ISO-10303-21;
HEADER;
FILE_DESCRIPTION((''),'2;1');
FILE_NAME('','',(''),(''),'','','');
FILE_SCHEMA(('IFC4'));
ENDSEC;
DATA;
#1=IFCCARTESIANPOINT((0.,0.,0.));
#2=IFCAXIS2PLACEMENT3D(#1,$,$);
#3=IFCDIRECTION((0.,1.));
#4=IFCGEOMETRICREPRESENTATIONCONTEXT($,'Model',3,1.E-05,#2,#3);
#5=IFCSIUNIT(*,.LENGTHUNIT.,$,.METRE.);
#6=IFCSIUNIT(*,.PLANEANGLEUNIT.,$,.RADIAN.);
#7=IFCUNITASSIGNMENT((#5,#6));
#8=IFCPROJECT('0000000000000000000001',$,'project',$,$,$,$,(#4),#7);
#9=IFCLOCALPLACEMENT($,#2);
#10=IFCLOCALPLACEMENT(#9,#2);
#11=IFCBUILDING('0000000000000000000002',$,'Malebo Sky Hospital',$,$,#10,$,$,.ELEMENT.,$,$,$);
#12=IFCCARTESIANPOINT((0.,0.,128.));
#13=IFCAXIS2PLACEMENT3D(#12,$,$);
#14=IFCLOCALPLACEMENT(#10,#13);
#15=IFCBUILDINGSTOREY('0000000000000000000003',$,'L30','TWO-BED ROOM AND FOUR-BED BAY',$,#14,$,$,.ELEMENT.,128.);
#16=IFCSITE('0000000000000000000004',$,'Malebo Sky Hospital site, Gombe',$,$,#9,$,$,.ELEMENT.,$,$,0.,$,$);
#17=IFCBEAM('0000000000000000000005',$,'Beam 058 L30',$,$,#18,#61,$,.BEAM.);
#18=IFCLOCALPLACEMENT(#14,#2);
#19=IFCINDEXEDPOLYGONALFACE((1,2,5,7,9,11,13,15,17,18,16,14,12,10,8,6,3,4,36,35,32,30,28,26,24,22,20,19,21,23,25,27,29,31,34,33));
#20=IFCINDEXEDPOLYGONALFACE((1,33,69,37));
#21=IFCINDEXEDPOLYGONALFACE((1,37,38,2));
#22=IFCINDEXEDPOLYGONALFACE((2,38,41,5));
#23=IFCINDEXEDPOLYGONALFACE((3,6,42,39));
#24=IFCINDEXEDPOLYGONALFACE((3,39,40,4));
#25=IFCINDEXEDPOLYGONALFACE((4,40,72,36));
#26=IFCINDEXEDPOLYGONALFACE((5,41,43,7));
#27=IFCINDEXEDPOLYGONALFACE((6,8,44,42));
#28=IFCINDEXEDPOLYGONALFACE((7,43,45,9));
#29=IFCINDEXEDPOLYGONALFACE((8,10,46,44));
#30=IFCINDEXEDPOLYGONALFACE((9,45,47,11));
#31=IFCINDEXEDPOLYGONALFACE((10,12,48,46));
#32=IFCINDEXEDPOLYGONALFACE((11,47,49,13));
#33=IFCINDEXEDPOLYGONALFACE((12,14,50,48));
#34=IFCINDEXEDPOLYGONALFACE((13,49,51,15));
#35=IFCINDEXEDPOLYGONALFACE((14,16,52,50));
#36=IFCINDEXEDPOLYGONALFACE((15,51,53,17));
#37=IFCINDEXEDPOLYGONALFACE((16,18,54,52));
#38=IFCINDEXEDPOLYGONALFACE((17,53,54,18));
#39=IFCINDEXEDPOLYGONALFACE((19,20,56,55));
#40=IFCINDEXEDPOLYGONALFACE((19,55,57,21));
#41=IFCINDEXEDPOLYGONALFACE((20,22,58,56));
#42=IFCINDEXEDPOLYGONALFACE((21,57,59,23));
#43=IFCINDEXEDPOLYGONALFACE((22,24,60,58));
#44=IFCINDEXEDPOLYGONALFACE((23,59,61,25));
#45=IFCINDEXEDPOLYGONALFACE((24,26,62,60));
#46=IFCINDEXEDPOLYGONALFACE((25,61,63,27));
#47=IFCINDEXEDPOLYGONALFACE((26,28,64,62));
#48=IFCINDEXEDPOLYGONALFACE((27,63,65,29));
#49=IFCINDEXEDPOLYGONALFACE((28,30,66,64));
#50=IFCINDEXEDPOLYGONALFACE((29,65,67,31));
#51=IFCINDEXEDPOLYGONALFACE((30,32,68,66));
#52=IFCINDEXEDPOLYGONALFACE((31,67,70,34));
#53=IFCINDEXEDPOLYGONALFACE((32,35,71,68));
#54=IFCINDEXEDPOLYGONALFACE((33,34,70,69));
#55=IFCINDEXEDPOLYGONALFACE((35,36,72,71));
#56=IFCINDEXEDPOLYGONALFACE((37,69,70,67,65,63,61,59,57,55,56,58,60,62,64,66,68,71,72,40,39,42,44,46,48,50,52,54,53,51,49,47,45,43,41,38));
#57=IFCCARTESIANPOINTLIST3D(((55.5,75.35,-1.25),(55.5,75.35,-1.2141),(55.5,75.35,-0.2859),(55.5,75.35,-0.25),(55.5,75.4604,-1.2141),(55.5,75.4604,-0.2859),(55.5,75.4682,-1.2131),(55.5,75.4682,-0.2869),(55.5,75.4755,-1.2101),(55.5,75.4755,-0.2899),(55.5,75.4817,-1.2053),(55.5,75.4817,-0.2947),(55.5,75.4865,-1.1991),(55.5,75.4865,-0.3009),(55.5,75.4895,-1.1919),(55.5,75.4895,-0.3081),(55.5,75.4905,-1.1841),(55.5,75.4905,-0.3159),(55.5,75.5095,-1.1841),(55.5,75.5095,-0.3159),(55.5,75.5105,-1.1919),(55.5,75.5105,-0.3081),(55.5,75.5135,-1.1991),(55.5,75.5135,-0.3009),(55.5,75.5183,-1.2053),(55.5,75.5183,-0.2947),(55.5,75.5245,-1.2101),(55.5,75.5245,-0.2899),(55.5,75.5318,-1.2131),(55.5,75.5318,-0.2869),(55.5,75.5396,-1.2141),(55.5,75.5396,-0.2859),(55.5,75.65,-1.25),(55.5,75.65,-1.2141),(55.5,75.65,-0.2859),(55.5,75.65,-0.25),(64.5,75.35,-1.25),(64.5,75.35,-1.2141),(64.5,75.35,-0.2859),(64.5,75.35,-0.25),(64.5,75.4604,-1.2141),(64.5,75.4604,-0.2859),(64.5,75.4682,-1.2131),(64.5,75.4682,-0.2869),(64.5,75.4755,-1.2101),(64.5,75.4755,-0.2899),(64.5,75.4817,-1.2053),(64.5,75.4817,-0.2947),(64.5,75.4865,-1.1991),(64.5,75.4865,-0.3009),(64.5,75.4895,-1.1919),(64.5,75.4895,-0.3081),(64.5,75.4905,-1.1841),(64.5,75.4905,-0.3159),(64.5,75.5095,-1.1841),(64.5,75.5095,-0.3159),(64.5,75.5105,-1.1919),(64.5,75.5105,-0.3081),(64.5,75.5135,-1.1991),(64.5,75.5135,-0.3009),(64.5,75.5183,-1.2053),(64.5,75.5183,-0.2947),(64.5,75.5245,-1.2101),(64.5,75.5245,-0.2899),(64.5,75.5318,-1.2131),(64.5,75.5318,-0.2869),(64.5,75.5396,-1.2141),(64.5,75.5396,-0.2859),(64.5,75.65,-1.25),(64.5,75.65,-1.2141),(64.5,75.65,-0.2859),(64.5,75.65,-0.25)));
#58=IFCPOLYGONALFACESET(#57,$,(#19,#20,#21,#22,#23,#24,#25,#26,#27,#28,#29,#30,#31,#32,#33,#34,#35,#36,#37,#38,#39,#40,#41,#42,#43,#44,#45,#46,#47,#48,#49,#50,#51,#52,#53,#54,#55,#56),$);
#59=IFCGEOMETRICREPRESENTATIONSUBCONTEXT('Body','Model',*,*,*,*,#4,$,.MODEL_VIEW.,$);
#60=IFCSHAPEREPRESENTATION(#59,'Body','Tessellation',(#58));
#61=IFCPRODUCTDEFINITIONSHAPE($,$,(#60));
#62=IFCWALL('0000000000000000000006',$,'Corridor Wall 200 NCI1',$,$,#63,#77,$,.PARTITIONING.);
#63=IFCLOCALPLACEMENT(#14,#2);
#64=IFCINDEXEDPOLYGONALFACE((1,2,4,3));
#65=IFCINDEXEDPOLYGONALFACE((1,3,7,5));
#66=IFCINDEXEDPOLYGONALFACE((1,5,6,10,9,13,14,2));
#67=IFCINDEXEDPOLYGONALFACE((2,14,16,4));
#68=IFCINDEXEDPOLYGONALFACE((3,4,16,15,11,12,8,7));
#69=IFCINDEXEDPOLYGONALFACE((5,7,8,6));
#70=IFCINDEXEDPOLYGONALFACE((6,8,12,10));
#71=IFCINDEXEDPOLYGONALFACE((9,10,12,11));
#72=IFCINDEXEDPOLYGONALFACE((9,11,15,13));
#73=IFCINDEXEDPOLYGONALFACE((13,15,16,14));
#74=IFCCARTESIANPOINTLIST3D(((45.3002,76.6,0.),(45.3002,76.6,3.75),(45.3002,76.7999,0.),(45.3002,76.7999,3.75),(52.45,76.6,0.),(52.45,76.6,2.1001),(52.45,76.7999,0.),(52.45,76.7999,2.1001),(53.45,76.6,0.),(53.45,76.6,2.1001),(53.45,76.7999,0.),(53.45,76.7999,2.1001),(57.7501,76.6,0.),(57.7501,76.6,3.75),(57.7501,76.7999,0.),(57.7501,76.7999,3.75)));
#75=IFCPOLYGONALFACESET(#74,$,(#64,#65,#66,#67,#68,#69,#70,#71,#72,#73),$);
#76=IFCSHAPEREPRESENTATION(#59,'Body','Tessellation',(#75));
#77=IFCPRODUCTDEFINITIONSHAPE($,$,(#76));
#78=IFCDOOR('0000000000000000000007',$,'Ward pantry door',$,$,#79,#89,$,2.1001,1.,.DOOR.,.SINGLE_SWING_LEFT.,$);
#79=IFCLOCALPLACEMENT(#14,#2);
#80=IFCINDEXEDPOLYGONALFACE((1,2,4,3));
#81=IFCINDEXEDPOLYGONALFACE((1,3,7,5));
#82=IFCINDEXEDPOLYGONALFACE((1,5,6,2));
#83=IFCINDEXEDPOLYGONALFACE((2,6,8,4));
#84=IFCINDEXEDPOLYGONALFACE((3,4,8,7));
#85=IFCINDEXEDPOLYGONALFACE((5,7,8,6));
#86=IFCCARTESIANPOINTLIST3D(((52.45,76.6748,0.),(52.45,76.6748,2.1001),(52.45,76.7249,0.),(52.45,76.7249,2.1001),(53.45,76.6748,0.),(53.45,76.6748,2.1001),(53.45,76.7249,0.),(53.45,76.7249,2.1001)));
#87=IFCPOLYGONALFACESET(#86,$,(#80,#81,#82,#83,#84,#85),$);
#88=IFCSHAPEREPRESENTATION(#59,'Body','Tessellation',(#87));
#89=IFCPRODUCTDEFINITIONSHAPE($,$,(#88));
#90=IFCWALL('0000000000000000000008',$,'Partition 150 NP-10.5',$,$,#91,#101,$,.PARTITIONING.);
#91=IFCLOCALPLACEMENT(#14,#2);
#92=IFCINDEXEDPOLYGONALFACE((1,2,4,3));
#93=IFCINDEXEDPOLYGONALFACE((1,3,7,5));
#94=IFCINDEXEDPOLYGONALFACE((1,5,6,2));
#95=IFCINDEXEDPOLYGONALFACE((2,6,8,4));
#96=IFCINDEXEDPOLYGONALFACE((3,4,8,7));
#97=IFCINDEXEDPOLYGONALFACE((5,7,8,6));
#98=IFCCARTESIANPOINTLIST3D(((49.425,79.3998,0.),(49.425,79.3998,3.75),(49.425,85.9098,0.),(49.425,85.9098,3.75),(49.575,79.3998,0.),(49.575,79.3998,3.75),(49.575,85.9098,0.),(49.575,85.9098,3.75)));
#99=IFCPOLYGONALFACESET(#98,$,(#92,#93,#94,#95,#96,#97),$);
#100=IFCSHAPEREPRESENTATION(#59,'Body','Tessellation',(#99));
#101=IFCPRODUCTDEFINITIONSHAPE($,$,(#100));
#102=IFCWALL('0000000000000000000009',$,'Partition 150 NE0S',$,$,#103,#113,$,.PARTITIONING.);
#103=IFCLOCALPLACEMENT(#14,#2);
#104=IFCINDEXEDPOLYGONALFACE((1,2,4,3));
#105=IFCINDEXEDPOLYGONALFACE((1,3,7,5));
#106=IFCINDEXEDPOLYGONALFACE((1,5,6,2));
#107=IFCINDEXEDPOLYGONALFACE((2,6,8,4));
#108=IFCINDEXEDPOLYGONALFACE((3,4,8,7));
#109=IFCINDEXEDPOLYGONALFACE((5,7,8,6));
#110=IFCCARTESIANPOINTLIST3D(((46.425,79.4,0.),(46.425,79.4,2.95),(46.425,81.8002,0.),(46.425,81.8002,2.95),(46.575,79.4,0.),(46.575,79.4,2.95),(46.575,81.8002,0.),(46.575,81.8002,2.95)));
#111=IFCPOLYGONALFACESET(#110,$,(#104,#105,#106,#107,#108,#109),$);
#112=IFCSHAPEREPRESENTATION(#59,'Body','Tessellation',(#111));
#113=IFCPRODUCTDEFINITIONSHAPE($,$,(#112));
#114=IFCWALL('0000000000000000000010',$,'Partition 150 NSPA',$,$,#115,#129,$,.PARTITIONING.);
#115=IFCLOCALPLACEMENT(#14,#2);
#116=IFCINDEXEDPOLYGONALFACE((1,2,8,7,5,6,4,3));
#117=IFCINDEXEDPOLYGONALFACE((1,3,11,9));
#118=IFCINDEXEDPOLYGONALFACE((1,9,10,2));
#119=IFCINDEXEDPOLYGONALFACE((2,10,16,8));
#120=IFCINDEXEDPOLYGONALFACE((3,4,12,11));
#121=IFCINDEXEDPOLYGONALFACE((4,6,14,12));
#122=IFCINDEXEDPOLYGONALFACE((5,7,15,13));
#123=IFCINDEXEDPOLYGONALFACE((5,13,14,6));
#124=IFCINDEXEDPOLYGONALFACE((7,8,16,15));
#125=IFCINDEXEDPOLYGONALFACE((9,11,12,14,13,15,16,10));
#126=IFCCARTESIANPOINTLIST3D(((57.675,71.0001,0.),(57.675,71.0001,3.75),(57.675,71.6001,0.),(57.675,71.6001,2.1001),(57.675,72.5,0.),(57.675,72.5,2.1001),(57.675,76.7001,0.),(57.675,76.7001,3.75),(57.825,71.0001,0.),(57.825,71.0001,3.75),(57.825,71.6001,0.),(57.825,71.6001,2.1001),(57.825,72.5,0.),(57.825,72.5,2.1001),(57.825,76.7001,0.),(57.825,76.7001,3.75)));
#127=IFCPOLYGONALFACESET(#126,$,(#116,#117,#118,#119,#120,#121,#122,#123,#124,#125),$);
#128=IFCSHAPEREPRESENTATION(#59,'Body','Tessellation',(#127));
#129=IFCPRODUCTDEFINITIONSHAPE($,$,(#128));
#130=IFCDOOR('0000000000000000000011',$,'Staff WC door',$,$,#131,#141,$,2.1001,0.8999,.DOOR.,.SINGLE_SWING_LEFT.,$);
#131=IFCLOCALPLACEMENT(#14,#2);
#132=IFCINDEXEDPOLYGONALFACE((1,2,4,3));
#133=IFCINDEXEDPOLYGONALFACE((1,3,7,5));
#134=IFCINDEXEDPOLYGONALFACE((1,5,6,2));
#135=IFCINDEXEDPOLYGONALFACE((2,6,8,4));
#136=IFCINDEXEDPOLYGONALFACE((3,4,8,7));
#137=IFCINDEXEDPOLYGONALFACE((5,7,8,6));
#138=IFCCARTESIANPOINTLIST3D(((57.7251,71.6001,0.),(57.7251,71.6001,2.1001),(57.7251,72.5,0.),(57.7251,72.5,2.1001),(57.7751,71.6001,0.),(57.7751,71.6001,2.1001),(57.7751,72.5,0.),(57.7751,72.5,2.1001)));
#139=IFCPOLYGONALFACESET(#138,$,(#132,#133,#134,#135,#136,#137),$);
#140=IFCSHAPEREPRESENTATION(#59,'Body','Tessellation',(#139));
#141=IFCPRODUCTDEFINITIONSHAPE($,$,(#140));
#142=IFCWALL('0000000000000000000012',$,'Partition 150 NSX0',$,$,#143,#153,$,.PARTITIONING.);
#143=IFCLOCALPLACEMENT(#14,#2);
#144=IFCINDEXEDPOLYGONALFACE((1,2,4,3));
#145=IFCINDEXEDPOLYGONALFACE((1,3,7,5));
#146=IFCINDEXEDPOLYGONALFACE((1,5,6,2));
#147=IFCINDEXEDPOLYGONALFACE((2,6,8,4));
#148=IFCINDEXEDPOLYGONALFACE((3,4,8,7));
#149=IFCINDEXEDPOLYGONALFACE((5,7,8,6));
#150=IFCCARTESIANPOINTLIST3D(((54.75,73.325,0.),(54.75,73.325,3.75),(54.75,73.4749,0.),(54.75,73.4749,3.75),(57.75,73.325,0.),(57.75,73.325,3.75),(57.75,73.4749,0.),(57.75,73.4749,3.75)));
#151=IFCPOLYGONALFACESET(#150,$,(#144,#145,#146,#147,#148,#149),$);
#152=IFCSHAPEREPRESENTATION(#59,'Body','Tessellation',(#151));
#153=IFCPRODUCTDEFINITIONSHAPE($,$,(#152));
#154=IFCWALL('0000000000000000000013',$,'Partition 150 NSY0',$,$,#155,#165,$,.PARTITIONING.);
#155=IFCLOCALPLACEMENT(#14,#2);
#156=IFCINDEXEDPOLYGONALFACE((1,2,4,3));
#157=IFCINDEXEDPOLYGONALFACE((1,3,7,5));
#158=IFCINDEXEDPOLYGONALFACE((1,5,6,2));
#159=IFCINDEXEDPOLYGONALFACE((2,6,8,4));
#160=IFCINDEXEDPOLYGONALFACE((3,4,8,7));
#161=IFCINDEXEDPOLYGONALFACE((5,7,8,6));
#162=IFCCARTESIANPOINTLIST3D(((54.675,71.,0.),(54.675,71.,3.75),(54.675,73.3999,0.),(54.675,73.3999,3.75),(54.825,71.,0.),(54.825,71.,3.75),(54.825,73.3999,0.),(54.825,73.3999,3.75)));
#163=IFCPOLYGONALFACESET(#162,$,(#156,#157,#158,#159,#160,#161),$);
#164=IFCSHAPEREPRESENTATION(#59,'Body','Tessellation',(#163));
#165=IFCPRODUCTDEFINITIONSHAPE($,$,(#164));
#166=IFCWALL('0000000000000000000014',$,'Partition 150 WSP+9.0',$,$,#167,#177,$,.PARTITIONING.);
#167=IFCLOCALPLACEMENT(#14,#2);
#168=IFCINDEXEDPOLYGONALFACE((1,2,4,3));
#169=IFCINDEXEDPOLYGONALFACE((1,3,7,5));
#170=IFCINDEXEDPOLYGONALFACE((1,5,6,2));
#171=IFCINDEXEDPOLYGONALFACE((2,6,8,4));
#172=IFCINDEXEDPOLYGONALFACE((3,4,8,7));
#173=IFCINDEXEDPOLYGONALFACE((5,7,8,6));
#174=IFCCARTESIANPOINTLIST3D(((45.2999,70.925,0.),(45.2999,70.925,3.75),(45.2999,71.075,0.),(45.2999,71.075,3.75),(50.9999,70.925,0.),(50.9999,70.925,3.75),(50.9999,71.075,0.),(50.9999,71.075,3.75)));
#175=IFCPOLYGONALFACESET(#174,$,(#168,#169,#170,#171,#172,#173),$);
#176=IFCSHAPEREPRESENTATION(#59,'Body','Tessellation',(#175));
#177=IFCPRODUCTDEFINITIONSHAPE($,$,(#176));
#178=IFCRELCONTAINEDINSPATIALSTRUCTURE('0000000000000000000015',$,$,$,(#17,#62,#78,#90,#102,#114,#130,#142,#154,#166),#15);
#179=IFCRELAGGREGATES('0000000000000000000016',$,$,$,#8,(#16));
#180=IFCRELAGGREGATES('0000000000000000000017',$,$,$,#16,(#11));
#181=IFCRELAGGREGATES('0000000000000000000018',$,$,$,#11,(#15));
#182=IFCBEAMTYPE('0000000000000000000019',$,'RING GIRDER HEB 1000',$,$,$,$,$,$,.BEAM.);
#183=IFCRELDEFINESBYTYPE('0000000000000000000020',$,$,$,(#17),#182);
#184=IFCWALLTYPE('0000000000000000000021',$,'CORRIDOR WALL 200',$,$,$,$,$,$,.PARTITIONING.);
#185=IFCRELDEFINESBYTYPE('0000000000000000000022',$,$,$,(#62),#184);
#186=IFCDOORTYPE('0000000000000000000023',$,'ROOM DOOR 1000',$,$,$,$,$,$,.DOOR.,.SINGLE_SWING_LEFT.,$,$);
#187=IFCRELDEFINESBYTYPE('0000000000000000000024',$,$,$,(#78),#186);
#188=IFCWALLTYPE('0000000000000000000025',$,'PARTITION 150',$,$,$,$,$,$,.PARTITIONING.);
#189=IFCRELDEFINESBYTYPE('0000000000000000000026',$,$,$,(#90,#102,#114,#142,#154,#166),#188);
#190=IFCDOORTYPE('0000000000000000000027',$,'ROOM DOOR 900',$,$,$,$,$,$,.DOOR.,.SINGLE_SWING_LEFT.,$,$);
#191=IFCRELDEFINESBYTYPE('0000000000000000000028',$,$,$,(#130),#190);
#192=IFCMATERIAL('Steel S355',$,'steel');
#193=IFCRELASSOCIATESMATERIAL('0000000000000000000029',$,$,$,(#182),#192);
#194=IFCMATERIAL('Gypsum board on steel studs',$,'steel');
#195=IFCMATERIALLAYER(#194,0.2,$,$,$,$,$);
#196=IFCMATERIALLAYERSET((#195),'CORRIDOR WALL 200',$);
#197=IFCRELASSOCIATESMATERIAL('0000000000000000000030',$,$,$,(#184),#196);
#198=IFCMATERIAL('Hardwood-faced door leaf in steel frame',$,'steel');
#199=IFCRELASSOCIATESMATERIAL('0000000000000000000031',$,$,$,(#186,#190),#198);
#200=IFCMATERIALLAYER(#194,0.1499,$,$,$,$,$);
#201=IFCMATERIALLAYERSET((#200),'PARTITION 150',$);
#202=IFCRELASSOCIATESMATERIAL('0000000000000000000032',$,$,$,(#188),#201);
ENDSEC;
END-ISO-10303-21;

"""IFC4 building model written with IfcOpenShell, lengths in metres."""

from ifc_helpers import new_model, si_unit, direction, frame, frame_2d, origin, origin_2d, place, context, subcontext, project, spatial, rectangle, i_section, extrude, material, layer, layer_set, material_profile, profile_set, type_object, element, fill, save


model = new_model("IFC4")

# Units and contexts
model_context = context("Model", 3, precision=1e-05, world=origin(), true_north=direction((0.0, 1.0)))
body_context = subcontext(model_context, "Body", "Model", "MODEL_VIEW")
ifc_project = project(units=[si_unit("LENGTHUNIT", "METRE"), si_unit("PLANEANGLEUNIT", "RADIAN")], contexts=[model_context])

# Site, building, storey
site_placement = place(None, origin())
site = spatial("IfcSite", under=ifc_project, at=site_placement, Name="Malebo Sky Hospital site, Gombe", CompositionType="ELEMENT", RefElevation=0.0)
building_placement = place(site_placement, origin())
building = spatial("IfcBuilding", under=site, at=building_placement, Name="Malebo Sky Hospital", CompositionType="ELEMENT")
storey_placement = place(building_placement, frame((0.0, 0.0, 128.0)))
storey = spatial("IfcBuildingStorey", under=building, at=storey_placement, Name="L30", Description="TWO-BED ROOM AND FOUR-BED BAY", CompositionType="ELEMENT", Elevation=128.0)

# Beam
ifc_material_1 = material(Name="Steel S355", Category="steel")
ifc_material_profile_1 = material_profile(ifc_material_1, i_section(OverallWidth=0.3, OverallDepth=1.0, WebThickness=0.019, FlangeThickness=0.0359, FilletRadius=0.03, at=origin_2d()), Name="HEB 1000")
ifc_profile_set_1 = profile_set([ifc_material_profile_1], Name="Steel S355")
beam_type_1 = type_object("IfcBeamType", Name="RING GIRDER HEB 1000", PredefinedType="BEAM", material=ifc_profile_set_1)
beam_1_placement = place(storey_placement, frame((55.5, 75.5, -0.75), z_axis=(1.0, 0.0, 0.0), x_axis=(0.0, 1.0, 0.0)))
element("IfcBeam", 1, at=beam_1_placement, inside=storey, type_object=beam_type_1, Name="Beam 058 L30", PredefinedType="BEAM", context=body_context, shape_type="SweptSolid", body=[
    extrude(i_section(OverallWidth=0.3, OverallDepth=1.0, WebThickness=0.019, FlangeThickness=0.0359, FilletRadius=0.03, at=origin_2d()), origin(), (0.0, 0.0, 1.0), 9.0),
])

# Wall, opening, door
ifc_material_2 = material(Name="Gypsum board on steel studs", Category="steel")
ifc_layer_1 = layer(ifc_material_2, 0.2)
ifc_layer_set_1 = layer_set([ifc_layer_1], Name="CORRIDOR WALL 200")
wall_type_1 = type_object("IfcWallType", Name="CORRIDOR WALL 200", PredefinedType="PARTITIONING", material=ifc_layer_set_1)
wall_1_placement = place(storey_placement, frame((45.3, 76.7, 0.0), z_axis=(0.0, 0.0, 1.0), x_axis=(1.0, 0.0, 0.0)))
wall_1 = element("IfcWall", 2, at=wall_1_placement, inside=storey, type_object=wall_type_1, Name="Corridor Wall 200 NCI1", PredefinedType="PARTITIONING", context=body_context, shape_type="SweptSolid", body=[
    extrude(rectangle(XDim=12.45, YDim=0.2, at=frame_2d((6.2251, 0.0))), origin(), (0.0, 0.0, 1.0), 3.75),
])
opening_1_placement = place(wall_1_placement, frame((7.1499, 0.0, 0.0)))
opening_1 = element("IfcOpeningElement", 3, at=opening_1_placement, cuts=wall_1, PredefinedType="OPENING", context=body_context, shape_type="SweptSolid", body=[
    extrude(rectangle(XDim=1.0, YDim=2.1001, at=frame_2d((0.5, 1.05))), frame((0.0, 0.1099, 0.0), z_axis=(0.0, -1.0, 0.0), x_axis=(1.0, 0.0, 0.0)), (0.0, 0.0, 1.0), 0.22),
])
ifc_material_3 = material(Name="Hardwood-faced door leaf in steel frame", Category="steel")
door_type_1 = type_object("IfcDoorType", Name="ROOM DOOR 1000", OperationType="SINGLE_SWING_LEFT", PredefinedType="DOOR", material=ifc_material_3)
door_1_placement = place(opening_1_placement, origin())
door_1 = element("IfcDoor", 4, at=door_1_placement, inside=storey, type_object=door_type_1, Name="Ward pantry door", OperationType="SINGLE_SWING_LEFT", OverallHeight=2.1001, OverallWidth=1.0, PredefinedType="DOOR", context=body_context, shape_type="SweptSolid", body=[
    extrude(rectangle(XDim=1.0, YDim=2.1001, at=frame_2d((0.5, 1.05))), frame((0.0, 0.0249, 0.0), z_axis=(0.0, -1.0, 0.0), x_axis=(1.0, 0.0, 0.0)), (0.0, 0.0, 1.0), 0.05),
])
fill(opening_1, door_1)

# Walls
ifc_layer_2 = layer(ifc_material_2, 0.1499)
ifc_layer_set_2 = layer_set([ifc_layer_2], Name="PARTITION 150")
wall_type_2 = type_object("IfcWallType", Name="PARTITION 150", PredefinedType="PARTITIONING", material=ifc_layer_set_2)
wall_2_placement = place(storey_placement, frame((49.5, 79.3999, 0.0), z_axis=(0.0, 0.0, 1.0), x_axis=(0.0, 1.0, 0.0)))
element("IfcWall", 5, at=wall_2_placement, inside=storey, type_object=wall_type_2, Name="Partition 150 NP-10.5", PredefinedType="PARTITIONING", context=body_context, shape_type="SweptSolid", body=[
    extrude(rectangle(XDim=6.51, YDim=0.1499, at=frame_2d((3.2549, 0.0))), origin(), (0.0, 0.0, 1.0), 3.75),
])
wall_3_placement = place(storey_placement, frame((46.5, 79.3999, 0.0), z_axis=(0.0, 0.0, 1.0), x_axis=(0.0, 1.0, 0.0)))
element("IfcWall", 6, at=wall_3_placement, inside=storey, type_object=wall_type_2, Name="Partition 150 NE0S", PredefinedType="PARTITIONING", context=body_context, shape_type="SweptSolid", body=[
    extrude(rectangle(XDim=2.4001, YDim=0.1499, at=frame_2d((1.2002, 0.0))), origin(), (0.0, 0.0, 1.0), 2.95),
])

# Wall, opening, door
wall_4_placement = place(storey_placement, frame((57.75, 71.0, 0.0), z_axis=(0.0, 0.0, 1.0), x_axis=(0.0, 1.0, 0.0)))
wall_4 = element("IfcWall", 7, at=wall_4_placement, inside=storey, type_object=wall_type_2, Name="Partition 150 NSPA", PredefinedType="PARTITIONING", context=body_context, shape_type="SweptSolid", body=[
    extrude(rectangle(XDim=5.7, YDim=0.1499, at=frame_2d((2.8501, 0.0))), origin(), (0.0, 0.0, 1.0), 3.75),
])
opening_2_placement = place(wall_4_placement, frame((0.6001, 0.0, 0.0)))
opening_2 = element("IfcOpeningElement", 8, at=opening_2_placement, cuts=wall_4, PredefinedType="OPENING", context=body_context, shape_type="SweptSolid", body=[
    extrude(rectangle(XDim=0.8999, YDim=2.1001, at=frame_2d((0.45, 1.05))), frame((0.0, 0.085, 0.0), z_axis=(0.0, -1.0, 0.0), x_axis=(1.0, 0.0, 0.0)), (0.0, 0.0, 1.0), 0.1699),
])
door_type_2 = type_object("IfcDoorType", Name="ROOM DOOR 900", OperationType="SINGLE_SWING_LEFT", PredefinedType="DOOR", material=ifc_material_3)
door_2_placement = place(opening_2_placement, origin())
door_2 = element("IfcDoor", 9, at=door_2_placement, inside=storey, type_object=door_type_2, Name="Staff WC door", OperationType="SINGLE_SWING_LEFT", OverallHeight=2.1001, OverallWidth=0.8999, PredefinedType="DOOR", context=body_context, shape_type="SweptSolid", body=[
    extrude(rectangle(XDim=0.8999, YDim=2.1001, at=frame_2d((0.45, 1.05))), frame((0.0, 0.0249, 0.0), z_axis=(0.0, -1.0, 0.0), x_axis=(1.0, 0.0, 0.0)), (0.0, 0.0, 1.0), 0.05),
])
fill(opening_2, door_2)

# Walls
wall_5_placement = place(storey_placement, frame((54.75, 73.3999, 0.0), z_axis=(0.0, 0.0, 1.0), x_axis=(1.0, 0.0, 0.0)))
element("IfcWall", 10, at=wall_5_placement, inside=storey, type_object=wall_type_2, Name="Partition 150 NSX0", PredefinedType="PARTITIONING", context=body_context, shape_type="SweptSolid", body=[
    extrude(rectangle(XDim=3.0, YDim=0.1499, at=frame_2d((1.5, 0.0))), origin(), (0.0, 0.0, 1.0), 3.75),
])
wall_6_placement = place(storey_placement, frame((54.75, 71.0, 0.0), z_axis=(0.0, 0.0, 1.0), x_axis=(0.0, 1.0, 0.0)))
element("IfcWall", 11, at=wall_6_placement, inside=storey, type_object=wall_type_2, Name="Partition 150 NSY0", PredefinedType="PARTITIONING", context=body_context, shape_type="SweptSolid", body=[
    extrude(rectangle(XDim=2.3999, YDim=0.1499, at=frame_2d((1.2, 0.0))), origin(), (0.0, 0.0, 1.0), 3.75),
])
wall_7_placement = place(storey_placement, frame((51.0, 71.0, 0.0), z_axis=(0.0, 0.0, 1.0), x_axis=(-1.0, 0.0, 0.0)))
element("IfcWall", 12, at=wall_7_placement, inside=storey, type_object=wall_type_2, Name="Partition 150 WSP+9.0", PredefinedType="PARTITIONING", context=body_context, shape_type="SweptSolid", body=[
    extrude(rectangle(XDim=5.7, YDim=0.1499, at=frame_2d((2.8501, 0.0))), origin(), (0.0, 0.0, 1.0), 3.75),
])

save(model, "model.ifc")
